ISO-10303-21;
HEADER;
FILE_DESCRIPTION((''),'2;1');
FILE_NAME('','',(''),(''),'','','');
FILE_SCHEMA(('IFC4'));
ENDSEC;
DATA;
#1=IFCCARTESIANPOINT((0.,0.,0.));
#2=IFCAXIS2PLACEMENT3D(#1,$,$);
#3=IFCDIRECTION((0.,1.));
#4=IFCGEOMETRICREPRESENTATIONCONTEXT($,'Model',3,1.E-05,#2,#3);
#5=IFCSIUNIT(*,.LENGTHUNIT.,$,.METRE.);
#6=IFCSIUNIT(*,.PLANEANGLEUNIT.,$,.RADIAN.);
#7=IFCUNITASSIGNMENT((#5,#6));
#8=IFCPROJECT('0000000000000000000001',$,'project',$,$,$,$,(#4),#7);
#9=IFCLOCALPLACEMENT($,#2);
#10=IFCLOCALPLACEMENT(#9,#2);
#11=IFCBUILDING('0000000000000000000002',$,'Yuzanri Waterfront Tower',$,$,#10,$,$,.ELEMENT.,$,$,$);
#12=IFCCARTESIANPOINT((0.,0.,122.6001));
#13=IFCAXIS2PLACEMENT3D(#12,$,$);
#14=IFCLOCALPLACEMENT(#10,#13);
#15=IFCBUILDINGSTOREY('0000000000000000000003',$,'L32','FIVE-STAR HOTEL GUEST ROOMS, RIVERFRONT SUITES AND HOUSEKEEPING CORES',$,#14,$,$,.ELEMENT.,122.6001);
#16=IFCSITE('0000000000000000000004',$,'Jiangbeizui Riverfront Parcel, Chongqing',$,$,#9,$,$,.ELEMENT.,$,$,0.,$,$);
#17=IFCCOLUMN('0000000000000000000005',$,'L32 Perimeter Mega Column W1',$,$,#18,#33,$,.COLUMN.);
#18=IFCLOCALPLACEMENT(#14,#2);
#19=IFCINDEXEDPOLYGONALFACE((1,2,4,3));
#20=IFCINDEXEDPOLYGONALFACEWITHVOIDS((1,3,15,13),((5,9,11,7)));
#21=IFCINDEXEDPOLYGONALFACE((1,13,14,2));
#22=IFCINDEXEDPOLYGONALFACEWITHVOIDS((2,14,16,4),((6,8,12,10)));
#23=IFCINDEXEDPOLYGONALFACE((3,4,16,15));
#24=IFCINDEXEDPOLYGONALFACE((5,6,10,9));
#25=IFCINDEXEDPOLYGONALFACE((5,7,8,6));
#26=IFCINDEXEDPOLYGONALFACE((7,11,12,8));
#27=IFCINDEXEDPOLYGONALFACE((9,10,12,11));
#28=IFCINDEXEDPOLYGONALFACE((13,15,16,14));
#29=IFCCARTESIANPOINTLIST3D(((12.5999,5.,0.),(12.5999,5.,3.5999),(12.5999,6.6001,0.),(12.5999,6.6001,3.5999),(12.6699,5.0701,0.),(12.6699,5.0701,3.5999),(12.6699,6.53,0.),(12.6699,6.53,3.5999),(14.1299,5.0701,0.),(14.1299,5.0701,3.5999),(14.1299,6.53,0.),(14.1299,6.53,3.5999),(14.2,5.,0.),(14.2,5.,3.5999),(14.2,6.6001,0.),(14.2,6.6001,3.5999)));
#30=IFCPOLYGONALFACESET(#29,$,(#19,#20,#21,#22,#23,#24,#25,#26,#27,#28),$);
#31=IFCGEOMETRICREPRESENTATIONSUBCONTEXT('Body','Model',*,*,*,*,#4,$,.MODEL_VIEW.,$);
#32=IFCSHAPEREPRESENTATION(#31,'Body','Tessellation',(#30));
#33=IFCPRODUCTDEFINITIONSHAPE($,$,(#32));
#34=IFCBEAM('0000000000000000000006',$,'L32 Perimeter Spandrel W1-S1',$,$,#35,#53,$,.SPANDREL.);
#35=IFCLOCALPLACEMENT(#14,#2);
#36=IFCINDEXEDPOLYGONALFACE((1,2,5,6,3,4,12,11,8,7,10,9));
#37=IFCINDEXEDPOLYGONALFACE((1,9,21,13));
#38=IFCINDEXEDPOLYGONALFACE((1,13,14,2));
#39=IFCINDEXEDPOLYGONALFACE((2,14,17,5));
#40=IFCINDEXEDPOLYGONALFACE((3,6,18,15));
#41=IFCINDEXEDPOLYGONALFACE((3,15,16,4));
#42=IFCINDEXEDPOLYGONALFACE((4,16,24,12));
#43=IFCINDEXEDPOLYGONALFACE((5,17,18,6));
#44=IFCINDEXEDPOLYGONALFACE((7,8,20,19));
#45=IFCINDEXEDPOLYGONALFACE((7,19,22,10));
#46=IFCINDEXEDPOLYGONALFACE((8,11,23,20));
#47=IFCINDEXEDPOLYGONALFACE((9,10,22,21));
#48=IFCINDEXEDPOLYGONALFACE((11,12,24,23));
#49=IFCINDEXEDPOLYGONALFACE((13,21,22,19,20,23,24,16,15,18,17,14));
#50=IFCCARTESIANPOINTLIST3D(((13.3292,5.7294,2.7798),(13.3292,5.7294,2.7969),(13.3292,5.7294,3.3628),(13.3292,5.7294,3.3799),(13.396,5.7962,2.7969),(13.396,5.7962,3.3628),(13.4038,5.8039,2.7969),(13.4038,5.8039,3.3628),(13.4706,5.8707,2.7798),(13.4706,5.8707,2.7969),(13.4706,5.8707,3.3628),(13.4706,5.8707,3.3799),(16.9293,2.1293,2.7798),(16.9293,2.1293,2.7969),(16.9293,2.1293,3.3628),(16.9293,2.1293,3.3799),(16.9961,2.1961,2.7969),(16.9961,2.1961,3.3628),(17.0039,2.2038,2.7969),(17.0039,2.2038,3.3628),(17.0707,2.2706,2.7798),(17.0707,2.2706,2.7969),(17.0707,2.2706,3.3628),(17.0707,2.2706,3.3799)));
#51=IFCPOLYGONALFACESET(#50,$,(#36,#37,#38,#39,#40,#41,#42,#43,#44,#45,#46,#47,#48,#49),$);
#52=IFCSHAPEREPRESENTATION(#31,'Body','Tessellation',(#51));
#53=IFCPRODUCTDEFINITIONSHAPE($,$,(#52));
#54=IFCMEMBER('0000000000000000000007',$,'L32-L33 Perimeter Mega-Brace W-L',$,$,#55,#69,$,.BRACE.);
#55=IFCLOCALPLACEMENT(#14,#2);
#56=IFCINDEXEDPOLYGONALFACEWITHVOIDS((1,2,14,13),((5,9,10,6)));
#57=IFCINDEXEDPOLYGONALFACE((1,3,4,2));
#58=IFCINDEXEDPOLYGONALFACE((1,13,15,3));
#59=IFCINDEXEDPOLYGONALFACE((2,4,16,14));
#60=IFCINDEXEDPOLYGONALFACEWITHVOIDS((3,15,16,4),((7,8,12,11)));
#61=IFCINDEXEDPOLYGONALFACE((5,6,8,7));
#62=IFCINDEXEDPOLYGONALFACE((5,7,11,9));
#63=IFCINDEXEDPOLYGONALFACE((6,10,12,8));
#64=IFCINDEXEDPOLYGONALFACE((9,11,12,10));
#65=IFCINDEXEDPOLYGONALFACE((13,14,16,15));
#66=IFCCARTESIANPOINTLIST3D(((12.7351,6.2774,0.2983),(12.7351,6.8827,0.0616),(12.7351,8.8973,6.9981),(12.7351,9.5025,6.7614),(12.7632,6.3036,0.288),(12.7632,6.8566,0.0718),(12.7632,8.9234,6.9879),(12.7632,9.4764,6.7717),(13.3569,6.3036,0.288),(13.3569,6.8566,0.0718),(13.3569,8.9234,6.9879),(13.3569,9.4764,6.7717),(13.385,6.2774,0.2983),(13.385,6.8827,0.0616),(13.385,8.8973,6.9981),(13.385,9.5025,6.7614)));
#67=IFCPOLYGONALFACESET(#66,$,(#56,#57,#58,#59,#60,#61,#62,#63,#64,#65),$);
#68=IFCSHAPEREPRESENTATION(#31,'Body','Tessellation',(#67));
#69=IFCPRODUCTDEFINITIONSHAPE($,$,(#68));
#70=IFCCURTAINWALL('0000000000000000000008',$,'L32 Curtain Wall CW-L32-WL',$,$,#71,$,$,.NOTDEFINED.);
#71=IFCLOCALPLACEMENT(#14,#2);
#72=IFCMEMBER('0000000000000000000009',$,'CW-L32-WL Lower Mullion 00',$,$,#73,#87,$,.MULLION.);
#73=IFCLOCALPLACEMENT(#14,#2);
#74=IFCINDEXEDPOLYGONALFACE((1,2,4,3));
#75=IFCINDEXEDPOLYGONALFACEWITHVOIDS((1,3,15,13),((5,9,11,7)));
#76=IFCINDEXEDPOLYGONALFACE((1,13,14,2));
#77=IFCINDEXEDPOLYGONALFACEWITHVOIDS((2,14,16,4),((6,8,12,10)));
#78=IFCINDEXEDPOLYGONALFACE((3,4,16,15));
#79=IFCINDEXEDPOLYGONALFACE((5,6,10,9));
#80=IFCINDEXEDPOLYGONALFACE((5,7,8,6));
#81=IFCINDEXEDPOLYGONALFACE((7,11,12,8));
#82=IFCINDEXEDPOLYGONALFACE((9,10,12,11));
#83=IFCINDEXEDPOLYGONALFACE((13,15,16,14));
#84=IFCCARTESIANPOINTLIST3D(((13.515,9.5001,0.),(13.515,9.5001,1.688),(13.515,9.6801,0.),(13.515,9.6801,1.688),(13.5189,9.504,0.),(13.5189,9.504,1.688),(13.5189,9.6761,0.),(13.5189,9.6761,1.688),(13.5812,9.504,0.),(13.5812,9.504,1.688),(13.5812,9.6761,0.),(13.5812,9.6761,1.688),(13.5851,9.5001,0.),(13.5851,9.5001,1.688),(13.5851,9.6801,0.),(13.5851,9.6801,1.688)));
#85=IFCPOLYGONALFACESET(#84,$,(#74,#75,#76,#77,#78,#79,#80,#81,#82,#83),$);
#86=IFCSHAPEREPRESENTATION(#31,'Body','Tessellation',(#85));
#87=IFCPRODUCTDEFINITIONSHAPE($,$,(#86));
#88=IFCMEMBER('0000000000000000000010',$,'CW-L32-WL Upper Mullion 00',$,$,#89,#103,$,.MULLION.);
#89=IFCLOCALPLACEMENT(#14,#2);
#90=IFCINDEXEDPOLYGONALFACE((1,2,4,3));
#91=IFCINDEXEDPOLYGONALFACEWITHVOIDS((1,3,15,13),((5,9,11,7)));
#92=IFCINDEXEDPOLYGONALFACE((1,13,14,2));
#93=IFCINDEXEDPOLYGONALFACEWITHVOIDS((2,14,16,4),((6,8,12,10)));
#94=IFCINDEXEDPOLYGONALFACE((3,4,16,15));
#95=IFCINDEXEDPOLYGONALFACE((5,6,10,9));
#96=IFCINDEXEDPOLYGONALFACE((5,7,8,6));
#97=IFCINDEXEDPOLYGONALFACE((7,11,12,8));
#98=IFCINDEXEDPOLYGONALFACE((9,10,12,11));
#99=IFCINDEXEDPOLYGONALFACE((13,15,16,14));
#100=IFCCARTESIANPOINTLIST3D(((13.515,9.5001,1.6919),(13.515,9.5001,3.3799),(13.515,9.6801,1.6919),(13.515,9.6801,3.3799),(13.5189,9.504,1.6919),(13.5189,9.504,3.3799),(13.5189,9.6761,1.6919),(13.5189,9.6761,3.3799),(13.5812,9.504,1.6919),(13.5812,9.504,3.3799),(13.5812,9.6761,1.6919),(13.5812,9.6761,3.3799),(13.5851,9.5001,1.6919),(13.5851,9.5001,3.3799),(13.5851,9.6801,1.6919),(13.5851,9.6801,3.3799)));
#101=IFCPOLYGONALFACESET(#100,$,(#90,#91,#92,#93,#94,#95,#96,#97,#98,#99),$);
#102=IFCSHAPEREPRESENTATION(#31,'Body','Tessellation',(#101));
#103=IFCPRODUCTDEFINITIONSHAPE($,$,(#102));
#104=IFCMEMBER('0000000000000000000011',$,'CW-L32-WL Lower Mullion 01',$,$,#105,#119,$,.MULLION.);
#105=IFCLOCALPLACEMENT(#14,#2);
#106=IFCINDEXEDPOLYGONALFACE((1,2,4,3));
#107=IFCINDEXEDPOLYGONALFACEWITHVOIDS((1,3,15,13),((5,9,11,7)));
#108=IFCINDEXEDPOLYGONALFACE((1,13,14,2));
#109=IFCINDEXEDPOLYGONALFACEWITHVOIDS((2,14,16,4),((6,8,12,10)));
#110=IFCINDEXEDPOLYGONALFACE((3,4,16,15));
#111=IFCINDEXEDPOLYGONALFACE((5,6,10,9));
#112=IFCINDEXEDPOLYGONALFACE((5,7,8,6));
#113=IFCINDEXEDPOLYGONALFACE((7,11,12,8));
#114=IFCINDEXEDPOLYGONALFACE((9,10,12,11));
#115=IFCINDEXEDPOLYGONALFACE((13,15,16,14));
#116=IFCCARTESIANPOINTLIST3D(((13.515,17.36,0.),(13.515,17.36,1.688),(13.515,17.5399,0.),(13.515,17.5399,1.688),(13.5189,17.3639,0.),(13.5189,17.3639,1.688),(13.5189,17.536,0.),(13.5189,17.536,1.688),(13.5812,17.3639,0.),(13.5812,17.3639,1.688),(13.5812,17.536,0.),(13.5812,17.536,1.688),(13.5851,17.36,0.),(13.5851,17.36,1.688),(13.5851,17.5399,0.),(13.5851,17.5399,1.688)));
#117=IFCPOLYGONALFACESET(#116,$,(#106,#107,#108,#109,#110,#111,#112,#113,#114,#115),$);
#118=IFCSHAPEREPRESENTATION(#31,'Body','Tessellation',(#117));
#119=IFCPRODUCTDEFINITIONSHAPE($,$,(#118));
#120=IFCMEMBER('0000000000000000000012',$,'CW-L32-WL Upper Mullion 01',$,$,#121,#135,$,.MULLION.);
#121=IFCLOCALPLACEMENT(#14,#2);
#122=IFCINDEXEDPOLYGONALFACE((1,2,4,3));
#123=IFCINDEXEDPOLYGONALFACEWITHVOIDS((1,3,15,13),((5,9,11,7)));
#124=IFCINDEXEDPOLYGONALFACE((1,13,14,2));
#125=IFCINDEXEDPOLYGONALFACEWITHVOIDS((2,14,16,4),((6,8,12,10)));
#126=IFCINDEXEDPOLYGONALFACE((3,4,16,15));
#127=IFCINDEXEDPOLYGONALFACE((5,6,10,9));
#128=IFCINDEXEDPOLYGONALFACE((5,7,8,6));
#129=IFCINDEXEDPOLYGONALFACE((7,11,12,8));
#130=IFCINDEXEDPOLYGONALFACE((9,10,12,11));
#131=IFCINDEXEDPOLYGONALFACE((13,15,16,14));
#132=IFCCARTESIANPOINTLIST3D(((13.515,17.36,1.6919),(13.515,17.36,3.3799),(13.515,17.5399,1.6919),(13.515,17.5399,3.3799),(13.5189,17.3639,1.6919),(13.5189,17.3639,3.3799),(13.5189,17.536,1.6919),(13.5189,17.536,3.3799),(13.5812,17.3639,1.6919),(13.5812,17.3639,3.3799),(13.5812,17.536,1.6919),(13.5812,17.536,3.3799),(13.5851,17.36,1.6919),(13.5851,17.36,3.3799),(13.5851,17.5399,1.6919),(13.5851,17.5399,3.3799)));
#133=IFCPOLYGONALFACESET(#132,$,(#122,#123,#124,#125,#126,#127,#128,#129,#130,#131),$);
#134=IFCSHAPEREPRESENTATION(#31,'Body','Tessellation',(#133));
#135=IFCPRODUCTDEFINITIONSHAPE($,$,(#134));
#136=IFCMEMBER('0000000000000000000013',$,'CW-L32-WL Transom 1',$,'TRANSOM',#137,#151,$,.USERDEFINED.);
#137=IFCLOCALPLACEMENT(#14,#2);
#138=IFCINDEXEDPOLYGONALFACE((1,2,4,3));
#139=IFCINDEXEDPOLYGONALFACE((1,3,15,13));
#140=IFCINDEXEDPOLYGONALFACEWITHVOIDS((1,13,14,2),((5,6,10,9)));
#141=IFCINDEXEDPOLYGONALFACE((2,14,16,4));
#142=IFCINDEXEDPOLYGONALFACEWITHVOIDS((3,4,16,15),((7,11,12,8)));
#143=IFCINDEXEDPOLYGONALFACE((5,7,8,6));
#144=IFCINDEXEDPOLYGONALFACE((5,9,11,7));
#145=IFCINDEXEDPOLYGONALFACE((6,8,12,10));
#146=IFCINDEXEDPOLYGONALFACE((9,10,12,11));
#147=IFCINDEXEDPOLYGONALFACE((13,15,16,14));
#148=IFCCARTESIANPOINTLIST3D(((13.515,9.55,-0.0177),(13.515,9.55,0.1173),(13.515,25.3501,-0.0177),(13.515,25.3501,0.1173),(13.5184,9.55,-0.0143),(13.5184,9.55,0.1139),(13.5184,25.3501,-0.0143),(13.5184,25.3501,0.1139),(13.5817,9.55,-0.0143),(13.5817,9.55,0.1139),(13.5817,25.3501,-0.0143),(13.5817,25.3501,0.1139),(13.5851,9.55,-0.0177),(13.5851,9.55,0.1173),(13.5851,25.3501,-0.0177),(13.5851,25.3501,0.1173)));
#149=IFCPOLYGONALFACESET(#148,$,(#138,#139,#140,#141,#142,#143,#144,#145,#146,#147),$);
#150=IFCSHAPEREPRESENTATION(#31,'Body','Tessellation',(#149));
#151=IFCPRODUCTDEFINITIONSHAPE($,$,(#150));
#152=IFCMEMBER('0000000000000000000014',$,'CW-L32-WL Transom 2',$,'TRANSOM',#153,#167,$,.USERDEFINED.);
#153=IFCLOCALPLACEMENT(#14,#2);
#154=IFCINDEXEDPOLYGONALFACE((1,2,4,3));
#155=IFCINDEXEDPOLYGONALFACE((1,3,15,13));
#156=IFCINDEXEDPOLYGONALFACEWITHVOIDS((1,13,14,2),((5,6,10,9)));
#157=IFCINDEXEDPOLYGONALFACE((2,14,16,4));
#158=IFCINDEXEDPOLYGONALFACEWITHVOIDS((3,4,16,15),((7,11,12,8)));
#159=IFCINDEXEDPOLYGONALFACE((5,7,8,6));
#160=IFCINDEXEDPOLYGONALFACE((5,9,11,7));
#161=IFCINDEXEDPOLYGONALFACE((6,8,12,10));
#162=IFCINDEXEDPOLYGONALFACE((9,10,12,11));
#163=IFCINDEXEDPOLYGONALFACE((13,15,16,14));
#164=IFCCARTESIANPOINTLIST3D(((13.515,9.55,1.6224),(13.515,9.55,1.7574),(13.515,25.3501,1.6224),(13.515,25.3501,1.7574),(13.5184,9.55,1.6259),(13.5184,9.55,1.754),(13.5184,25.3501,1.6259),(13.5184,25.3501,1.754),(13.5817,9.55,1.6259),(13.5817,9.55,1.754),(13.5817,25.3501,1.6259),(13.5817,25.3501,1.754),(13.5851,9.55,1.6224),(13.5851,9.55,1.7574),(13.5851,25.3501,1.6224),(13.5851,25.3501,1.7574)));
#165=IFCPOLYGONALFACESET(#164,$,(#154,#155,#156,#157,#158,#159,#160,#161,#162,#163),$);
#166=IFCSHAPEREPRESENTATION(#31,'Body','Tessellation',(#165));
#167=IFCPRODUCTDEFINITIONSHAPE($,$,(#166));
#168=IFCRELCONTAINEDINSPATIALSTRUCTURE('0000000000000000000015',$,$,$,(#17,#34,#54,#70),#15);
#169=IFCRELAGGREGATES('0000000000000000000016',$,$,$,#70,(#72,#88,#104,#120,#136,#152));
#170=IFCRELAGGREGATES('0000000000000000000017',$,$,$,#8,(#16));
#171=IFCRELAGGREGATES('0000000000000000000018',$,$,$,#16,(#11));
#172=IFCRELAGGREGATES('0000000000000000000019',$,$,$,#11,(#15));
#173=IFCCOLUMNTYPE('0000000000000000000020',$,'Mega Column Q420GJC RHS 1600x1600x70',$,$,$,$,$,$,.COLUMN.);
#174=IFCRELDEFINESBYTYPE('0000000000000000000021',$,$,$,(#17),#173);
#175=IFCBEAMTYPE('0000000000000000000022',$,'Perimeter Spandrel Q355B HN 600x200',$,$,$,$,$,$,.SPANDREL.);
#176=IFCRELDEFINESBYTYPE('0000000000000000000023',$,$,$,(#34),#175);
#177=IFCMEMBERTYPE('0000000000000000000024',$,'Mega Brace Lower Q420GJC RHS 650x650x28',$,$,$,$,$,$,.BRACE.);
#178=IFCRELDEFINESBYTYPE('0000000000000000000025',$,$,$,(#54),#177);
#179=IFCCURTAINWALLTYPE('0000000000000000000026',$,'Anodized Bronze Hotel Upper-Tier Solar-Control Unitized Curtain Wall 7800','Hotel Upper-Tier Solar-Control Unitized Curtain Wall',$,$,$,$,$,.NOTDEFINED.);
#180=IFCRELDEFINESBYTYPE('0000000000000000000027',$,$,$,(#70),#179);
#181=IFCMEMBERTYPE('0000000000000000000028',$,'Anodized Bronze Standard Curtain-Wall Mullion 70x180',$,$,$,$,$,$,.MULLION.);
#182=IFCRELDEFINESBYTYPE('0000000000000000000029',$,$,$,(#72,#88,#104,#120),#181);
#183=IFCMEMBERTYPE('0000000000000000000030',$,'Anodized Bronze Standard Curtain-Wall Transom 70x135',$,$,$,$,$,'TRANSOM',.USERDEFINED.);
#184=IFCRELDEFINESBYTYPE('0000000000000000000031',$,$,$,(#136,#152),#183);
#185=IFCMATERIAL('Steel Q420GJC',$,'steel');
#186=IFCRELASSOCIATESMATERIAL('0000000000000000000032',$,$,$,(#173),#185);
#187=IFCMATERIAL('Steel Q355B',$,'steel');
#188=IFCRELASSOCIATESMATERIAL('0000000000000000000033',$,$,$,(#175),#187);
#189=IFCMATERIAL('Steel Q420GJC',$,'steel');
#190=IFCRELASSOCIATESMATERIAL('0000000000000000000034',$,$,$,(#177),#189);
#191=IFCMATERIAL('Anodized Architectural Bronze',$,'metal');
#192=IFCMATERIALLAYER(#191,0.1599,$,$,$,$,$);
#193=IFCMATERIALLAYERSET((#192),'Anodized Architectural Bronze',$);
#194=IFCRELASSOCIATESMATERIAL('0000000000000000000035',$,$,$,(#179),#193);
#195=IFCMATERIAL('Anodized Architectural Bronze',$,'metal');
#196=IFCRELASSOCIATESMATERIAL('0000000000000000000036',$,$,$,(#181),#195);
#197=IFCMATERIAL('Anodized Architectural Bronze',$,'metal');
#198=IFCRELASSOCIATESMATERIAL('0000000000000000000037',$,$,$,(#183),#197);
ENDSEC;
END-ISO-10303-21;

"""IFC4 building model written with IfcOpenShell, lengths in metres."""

from ifc_helpers import new_model, si_unit, direction, frame, origin, origin_2d, place, context, subcontext, project, spatial, hollow_rectangle, i_section, extrude, source, transform, mapped, material, layer, layer_set, material_profile, profile_set, type_object, element, aggregate, save


model = new_model("IFC4")

# Units and contexts
model_context = context("Model", 3, precision=1e-05, world=origin(), true_north=direction((0.0, 1.0)))
body_context = subcontext(model_context, "Body", "Model", "MODEL_VIEW")
ifc_project = project(units=[si_unit("LENGTHUNIT", "METRE"), si_unit("PLANEANGLEUNIT", "RADIAN")], contexts=[model_context])

# Site, building, storey
site_placement = place(None, origin())
site = spatial("IfcSite", under=ifc_project, at=site_placement, Name="Jiangbeizui Riverfront Parcel, Chongqing", CompositionType="ELEMENT", RefElevation=0.0)
building_placement = place(site_placement, origin())
building = spatial("IfcBuilding", under=site, at=building_placement, Name="Yuzanri Waterfront Tower", CompositionType="ELEMENT")
storey_placement = place(building_placement, frame((0.0, 0.0, 122.6001)))
storey = spatial("IfcBuildingStorey", under=building, at=storey_placement, Name="L32", Description="FIVE-STAR HOTEL GUEST ROOMS, RIVERFRONT SUITES AND HOUSEKEEPING CORES", CompositionType="ELEMENT", Elevation=122.6001)

# Column
ifc_material_1 = material(Name="Steel Q420GJC", Category="steel")
ifc_material_profile_1 = material_profile(ifc_material_1, hollow_rectangle(XDim=1.6001, YDim=1.6001, WallThickness=0.0701, at=origin_2d()), Name="RHS 1600x1600x70")
ifc_profile_set_1 = profile_set([ifc_material_profile_1], Name="Steel Q420GJC")
column_type = type_object("IfcColumnType", Name="Mega Column Q420GJC RHS 1600x1600x70", PredefinedType="COLUMN", material=ifc_profile_set_1)
shared_shape_1 = source(origin(), body_context, "Body", "SweptSolid", [
    extrude(hollow_rectangle(XDim=1.6001, YDim=1.6001, WallThickness=0.0701, at=origin_2d()), origin(), (0.0, 0.0, 1.0), 3.5999),
])
column_placement = place(storey_placement, frame((13.3999, 5.8, 0.0), z_axis=(0.0, 0.0, 1.0), x_axis=(1.0, 0.0, 0.0)))
element("IfcColumn", 1, at=column_placement, inside=storey, type_object=column_type, Name="L32 Perimeter Mega Column W1", PredefinedType="COLUMN", context=body_context, shape_type="MappedRepresentation", body=[
    mapped(shared_shape_1, transform((0.0, 0.0, 0.0), scale=1.0)),
])

# Beam
ifc_material_2 = material(Name="Steel Q355B", Category="steel")
ifc_material_profile_2 = material_profile(ifc_material_2, i_section(OverallWidth=0.2, OverallDepth=0.6001, WebThickness=0.011, FlangeThickness=0.0171, at=origin_2d()), Name="HN 600x200x11x17")
ifc_profile_set_2 = profile_set([ifc_material_profile_2], Name="Steel Q355B")
beam_type = type_object("IfcBeamType", Name="Perimeter Spandrel Q355B HN 600x200", PredefinedType="SPANDREL", material=ifc_profile_set_2)
shared_shape_2 = source(origin(), body_context, "Body", "SweptSolid", [
    extrude(i_section(OverallWidth=0.2, OverallDepth=0.6001, WebThickness=0.011, FlangeThickness=0.0171, at=origin_2d()), origin(), (0.0, 0.0, 1.0), 5.0913),
])
beam_placement = place(storey_placement, frame((13.3999, 5.8, 3.0798), z_axis=(0.707107, -0.707107, 0.0), x_axis=(0.707107, 0.707107, 0.0)))
element("IfcBeam", 2, at=beam_placement, inside=storey, type_object=beam_type, Name="L32 Perimeter Spandrel W1-S1", PredefinedType="SPANDREL", context=body_context, shape_type="MappedRepresentation", body=[
    mapped(shared_shape_2, transform((0.0, 0.0, 0.0), scale=1.0)),
])

# Member
ifc_material_3 = material(Name="Steel Q420GJC", Category="steel")
ifc_material_profile_3 = material_profile(ifc_material_3, hollow_rectangle(XDim=0.6499, YDim=0.6499, WallThickness=0.0281, at=origin_2d()), Name="RHS 650x650x28")
ifc_profile_set_3 = profile_set([ifc_material_profile_3], Name="Steel Q420GJC")
member_type_1 = type_object("IfcMemberType", Name="Mega Brace Lower Q420GJC RHS 650x650x28", PredefinedType="BRACE", material=ifc_profile_set_3)
shared_shape_3 = source(origin(), body_context, "Body", "SweptSolid", [
    extrude(hollow_rectangle(XDim=0.6499, YDim=0.6499, WallThickness=0.0281, at=origin_2d()), origin(), (0.0, 0.0, 1.0), 7.1938),
])
member_1_placement = place(storey_placement, frame((13.0601, 6.5801, 0.1799), z_axis=(0.0, 0.364177, 0.93133), x_axis=(-1.0, 0.0, 0.0)))
element("IfcMember", 3, at=member_1_placement, inside=storey, type_object=member_type_1, Name="L32-L33 Perimeter Mega-Brace W-L", PredefinedType="BRACE", context=body_context, shape_type="MappedRepresentation", body=[
    mapped(shared_shape_3, transform((0.0, 0.0, 0.0), scale=1.0)),
])

# Curtain wall, members
ifc_material_4 = material(Name="Anodized Architectural Bronze", Category="metal")
ifc_layer_1 = layer(ifc_material_4, 0.1599)
ifc_layer_set_1 = layer_set([ifc_layer_1], Name="Anodized Architectural Bronze")
curtain_wall_type = type_object("IfcCurtainWallType", Name="Anodized Bronze Hotel Upper-Tier Solar-Control Unitized Curtain Wall 7800", Description="Hotel Upper-Tier Solar-Control Unitized Curtain Wall", PredefinedType="NOTDEFINED", material=ifc_layer_set_1)
curtain_wall_placement = place(storey_placement, origin())
curtain_wall = element("IfcCurtainWall", 4, at=curtain_wall_placement, inside=storey, type_object=curtain_wall_type, Name="L32 Curtain Wall CW-L32-WL", PredefinedType="NOTDEFINED")
ifc_material_5 = material(Name="Anodized Architectural Bronze", Category="metal")
ifc_material_profile_4 = material_profile(ifc_material_5, hollow_rectangle(XDim=0.0701, YDim=0.1799, WallThickness=0.0039, at=origin_2d()), Name="CWM 70x180")
ifc_profile_set_4 = profile_set([ifc_material_profile_4], Name="Anodized Architectural Bronze")
member_type_2 = type_object("IfcMemberType", Name="Anodized Bronze Standard Curtain-Wall Mullion 70x180", PredefinedType="MULLION", material=ifc_profile_set_4)
shared_shape_4 = source(origin(), body_context, "Body", "SweptSolid", [
    extrude(hollow_rectangle(XDim=0.0701, YDim=0.1799, WallThickness=0.0039, at=origin_2d()), origin(), (0.0, 0.0, 1.0), 1.688),
])
member_2_placement = place(storey_placement, frame((13.55, 9.5901, 0.0), z_axis=(0.0, 0.0, 1.0), x_axis=(1.0, 0.0, 0.0)))
member_2 = element("IfcMember", 5, at=member_2_placement, type_object=member_type_2, Name="CW-L32-WL Lower Mullion 00", PredefinedType="MULLION", context=body_context, shape_type="MappedRepresentation", body=[
    mapped(shared_shape_4, transform((0.0, 0.0, 0.0), scale=1.0)),
])
member_3_placement = place(storey_placement, frame((13.55, 9.5901, 1.6919), z_axis=(0.0, 0.0, 1.0), x_axis=(1.0, 0.0, 0.0)))
member_3 = element("IfcMember", 6, at=member_3_placement, type_object=member_type_2, Name="CW-L32-WL Upper Mullion 00", PredefinedType="MULLION", context=body_context, shape_type="MappedRepresentation", body=[
    mapped(shared_shape_4, transform((0.0, 0.0, 0.0), scale=1.0)),
])
member_4_placement = place(storey_placement, frame((13.55, 17.45, 0.0), z_axis=(0.0, 0.0, 1.0), x_axis=(1.0, 0.0, 0.0)))
member_4 = element("IfcMember", 7, at=member_4_placement, type_object=member_type_2, Name="CW-L32-WL Lower Mullion 01", PredefinedType="MULLION", context=body_context, shape_type="MappedRepresentation", body=[
    mapped(shared_shape_4, transform((0.0, 0.0, 0.0), scale=1.0)),
])
member_5_placement = place(storey_placement, frame((13.55, 17.45, 1.6919), z_axis=(0.0, 0.0, 1.0), x_axis=(1.0, 0.0, 0.0)))
member_5 = element("IfcMember", 8, at=member_5_placement, type_object=member_type_2, Name="CW-L32-WL Upper Mullion 01", PredefinedType="MULLION", context=body_context, shape_type="MappedRepresentation", body=[
    mapped(shared_shape_4, transform((0.0, 0.0, 0.0), scale=1.0)),
])
ifc_material_6 = material(Name="Anodized Architectural Bronze", Category="metal")
ifc_material_profile_5 = material_profile(ifc_material_6, hollow_rectangle(XDim=0.0701, YDim=0.135, WallThickness=0.0034, at=origin_2d()), Name="CWT 70x135")
ifc_profile_set_5 = profile_set([ifc_material_profile_5], Name="Anodized Architectural Bronze")
member_type_3 = type_object("IfcMemberType", Name="Anodized Bronze Standard Curtain-Wall Transom 70x135", ElementType="TRANSOM", PredefinedType="USERDEFINED", material=ifc_profile_set_5)
shared_shape_5 = source(origin(), body_context, "Body", "SweptSolid", [
    extrude(hollow_rectangle(XDim=0.0701, YDim=0.135, WallThickness=0.0034, at=origin_2d()), origin(), (0.0, 0.0, 1.0), 15.8),
])
member_6_placement = place(storey_placement, frame((13.55, 9.55, 0.0498), z_axis=(0.0, 1.0, 0.0), x_axis=(-1.0, 0.0, 0.0)))
member_6 = element("IfcMember", 9, at=member_6_placement, type_object=member_type_3, Name="CW-L32-WL Transom 1", ObjectType="TRANSOM", PredefinedType="USERDEFINED", context=body_context, shape_type="MappedRepresentation", body=[
    mapped(shared_shape_5, transform((0.0, 0.0, 0.0), scale=1.0)),
])
member_7_placement = place(storey_placement, frame((13.55, 9.55, 1.6899), z_axis=(0.0, 1.0, 0.0), x_axis=(-1.0, 0.0, 0.0)))
member_7 = element("IfcMember", 10, at=member_7_placement, type_object=member_type_3, Name="CW-L32-WL Transom 2", ObjectType="TRANSOM", PredefinedType="USERDEFINED", context=body_context, shape_type="MappedRepresentation", body=[
    mapped(shared_shape_5, transform((0.0, 0.0, 0.0), scale=1.0)),
])

aggregate(curtain_wall, [member_2, member_3, member_4, member_5, member_6, member_7])

save(model, "model.ifc")
